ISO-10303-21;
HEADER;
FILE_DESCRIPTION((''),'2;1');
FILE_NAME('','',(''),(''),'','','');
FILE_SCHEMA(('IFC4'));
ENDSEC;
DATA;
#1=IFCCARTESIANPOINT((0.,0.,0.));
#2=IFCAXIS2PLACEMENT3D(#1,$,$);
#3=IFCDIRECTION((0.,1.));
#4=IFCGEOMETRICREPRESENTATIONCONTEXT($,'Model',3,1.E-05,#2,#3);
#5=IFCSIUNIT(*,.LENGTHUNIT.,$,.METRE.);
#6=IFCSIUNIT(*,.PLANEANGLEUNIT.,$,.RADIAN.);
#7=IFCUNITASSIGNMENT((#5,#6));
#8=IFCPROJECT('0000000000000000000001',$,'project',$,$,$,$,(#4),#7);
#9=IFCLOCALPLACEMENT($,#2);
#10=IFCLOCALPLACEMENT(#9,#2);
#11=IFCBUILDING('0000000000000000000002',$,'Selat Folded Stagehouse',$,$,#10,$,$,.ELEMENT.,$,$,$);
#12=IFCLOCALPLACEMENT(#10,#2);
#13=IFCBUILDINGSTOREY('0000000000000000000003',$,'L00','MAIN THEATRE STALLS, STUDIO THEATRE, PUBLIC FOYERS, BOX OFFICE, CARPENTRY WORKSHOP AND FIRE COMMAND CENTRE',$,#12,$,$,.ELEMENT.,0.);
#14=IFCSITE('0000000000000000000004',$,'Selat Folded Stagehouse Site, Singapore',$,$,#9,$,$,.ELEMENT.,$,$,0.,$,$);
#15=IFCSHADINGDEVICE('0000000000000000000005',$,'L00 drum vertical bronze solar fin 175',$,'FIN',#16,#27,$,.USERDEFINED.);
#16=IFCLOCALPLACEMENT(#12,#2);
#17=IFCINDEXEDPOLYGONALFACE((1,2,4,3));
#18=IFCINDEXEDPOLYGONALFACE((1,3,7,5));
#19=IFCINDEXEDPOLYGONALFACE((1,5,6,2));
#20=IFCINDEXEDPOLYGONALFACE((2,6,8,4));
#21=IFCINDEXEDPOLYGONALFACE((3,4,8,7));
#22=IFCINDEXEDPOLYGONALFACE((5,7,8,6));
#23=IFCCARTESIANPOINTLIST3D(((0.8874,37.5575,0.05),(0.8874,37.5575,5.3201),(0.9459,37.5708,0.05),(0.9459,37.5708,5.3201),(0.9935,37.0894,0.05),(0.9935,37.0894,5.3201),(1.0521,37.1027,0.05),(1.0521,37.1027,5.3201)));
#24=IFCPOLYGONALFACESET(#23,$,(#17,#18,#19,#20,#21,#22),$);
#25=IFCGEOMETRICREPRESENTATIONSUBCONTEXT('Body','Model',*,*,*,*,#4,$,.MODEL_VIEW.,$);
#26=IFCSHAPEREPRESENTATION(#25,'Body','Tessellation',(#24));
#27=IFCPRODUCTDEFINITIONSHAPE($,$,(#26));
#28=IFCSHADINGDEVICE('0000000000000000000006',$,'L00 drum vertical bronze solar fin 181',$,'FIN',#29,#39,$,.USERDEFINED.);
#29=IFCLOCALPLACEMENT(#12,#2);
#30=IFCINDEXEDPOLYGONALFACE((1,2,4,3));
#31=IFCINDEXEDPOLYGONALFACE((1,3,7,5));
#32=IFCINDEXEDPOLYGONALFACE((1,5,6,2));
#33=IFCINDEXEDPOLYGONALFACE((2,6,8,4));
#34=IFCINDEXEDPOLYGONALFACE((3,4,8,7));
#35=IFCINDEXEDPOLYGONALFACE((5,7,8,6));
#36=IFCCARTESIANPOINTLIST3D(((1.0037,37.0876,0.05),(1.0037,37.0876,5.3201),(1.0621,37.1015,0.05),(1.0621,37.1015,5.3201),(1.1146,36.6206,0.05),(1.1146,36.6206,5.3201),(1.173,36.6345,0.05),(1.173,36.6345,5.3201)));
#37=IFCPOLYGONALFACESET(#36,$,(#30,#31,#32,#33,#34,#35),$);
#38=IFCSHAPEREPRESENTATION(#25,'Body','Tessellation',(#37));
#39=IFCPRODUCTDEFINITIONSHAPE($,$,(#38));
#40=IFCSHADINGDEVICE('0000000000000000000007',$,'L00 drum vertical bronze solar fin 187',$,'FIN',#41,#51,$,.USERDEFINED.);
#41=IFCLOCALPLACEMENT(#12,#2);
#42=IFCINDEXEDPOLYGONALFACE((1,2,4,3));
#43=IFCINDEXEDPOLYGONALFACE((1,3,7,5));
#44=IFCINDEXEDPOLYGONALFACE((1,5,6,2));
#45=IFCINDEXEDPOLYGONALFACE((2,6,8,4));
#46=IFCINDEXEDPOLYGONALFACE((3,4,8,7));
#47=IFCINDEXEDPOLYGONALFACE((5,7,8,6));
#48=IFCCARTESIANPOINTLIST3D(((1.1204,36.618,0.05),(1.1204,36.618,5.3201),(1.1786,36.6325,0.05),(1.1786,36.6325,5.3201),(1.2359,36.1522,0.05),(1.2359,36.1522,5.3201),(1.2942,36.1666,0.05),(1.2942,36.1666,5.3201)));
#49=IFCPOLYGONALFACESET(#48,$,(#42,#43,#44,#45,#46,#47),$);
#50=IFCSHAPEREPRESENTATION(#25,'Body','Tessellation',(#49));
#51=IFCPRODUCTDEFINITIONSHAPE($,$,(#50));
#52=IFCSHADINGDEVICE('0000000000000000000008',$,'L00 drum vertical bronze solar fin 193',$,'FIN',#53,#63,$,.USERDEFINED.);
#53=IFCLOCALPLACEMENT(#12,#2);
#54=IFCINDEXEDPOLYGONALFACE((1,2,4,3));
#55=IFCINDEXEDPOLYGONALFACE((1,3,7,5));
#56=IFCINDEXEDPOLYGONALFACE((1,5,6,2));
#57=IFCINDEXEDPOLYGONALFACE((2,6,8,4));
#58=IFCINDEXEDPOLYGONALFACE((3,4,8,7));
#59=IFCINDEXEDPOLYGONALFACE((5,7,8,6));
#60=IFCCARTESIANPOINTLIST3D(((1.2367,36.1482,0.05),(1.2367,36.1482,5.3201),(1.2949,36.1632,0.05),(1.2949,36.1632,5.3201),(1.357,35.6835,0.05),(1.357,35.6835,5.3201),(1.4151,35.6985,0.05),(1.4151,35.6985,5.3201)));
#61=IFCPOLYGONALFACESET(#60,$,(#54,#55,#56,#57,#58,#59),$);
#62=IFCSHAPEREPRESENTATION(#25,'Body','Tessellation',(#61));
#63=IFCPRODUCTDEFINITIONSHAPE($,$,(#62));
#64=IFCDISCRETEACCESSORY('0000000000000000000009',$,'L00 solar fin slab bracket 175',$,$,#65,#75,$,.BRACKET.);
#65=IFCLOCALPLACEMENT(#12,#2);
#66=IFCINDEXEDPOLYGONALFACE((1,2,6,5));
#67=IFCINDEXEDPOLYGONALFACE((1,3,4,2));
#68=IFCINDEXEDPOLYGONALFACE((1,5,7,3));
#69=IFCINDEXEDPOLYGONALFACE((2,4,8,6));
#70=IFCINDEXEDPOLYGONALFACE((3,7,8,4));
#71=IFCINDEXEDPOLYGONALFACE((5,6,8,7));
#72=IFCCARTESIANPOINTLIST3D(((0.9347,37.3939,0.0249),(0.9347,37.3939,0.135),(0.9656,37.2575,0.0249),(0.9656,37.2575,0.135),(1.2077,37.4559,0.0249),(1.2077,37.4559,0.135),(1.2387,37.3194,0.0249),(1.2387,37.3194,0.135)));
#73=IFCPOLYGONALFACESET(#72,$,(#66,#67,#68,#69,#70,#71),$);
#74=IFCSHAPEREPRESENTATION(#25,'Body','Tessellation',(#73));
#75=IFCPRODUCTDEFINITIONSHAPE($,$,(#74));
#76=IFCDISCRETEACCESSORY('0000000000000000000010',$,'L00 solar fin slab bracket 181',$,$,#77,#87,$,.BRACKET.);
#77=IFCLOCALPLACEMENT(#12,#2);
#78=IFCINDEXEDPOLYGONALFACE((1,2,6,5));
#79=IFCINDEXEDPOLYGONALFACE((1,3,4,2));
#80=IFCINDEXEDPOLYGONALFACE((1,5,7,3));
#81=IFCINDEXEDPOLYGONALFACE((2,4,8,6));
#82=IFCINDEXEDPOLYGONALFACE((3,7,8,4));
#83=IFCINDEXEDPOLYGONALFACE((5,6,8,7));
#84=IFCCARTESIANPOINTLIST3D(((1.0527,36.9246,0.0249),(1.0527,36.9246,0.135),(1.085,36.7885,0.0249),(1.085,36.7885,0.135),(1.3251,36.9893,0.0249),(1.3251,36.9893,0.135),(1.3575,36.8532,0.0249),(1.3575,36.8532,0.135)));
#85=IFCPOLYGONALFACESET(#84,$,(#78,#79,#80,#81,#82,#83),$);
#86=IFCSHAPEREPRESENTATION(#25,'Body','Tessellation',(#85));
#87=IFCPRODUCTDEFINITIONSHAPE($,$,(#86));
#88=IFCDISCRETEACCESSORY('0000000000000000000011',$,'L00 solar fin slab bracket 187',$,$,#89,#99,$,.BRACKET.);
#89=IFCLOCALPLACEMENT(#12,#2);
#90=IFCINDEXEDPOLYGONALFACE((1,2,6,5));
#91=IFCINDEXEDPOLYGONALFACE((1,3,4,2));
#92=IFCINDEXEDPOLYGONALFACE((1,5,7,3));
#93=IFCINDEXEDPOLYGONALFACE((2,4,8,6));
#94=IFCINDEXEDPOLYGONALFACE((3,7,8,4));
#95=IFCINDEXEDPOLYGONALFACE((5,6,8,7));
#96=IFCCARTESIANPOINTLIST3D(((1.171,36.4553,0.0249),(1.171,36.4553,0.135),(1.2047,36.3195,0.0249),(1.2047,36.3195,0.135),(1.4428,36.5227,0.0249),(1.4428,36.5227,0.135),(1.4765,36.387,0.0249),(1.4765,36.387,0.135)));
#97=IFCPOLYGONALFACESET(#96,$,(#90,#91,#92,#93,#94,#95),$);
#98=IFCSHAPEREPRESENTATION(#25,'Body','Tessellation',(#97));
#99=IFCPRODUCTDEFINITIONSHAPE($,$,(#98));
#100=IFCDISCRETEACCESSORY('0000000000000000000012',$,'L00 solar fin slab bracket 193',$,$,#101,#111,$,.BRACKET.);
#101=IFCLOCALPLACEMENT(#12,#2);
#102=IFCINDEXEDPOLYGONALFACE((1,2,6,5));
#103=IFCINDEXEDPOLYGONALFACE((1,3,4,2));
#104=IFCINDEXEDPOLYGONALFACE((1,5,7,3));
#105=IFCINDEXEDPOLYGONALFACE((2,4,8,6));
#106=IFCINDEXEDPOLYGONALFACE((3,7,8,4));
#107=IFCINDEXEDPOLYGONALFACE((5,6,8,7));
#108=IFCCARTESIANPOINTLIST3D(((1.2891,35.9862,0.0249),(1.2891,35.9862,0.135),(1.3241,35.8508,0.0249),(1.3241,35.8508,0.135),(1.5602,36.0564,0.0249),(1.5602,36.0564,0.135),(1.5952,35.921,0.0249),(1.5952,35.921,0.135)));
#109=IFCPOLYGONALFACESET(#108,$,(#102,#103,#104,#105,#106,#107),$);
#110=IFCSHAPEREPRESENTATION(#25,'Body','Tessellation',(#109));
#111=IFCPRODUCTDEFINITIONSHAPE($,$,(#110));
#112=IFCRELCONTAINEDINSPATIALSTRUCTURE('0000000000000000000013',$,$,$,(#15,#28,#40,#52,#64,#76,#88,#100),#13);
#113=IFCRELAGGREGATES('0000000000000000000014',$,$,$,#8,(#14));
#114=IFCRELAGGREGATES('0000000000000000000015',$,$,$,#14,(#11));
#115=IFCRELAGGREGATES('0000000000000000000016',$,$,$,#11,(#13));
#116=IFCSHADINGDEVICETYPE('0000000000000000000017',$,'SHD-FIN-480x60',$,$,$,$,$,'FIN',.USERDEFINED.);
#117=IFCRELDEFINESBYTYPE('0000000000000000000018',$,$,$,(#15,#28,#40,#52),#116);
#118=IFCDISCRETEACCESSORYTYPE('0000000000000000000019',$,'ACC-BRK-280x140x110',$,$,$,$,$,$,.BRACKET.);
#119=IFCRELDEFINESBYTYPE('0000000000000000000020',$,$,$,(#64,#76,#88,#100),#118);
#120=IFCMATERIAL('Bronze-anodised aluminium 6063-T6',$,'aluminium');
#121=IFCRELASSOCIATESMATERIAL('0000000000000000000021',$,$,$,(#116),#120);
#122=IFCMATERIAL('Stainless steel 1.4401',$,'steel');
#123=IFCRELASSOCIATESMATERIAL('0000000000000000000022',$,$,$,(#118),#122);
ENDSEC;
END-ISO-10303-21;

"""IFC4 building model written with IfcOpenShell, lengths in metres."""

from ifc_helpers import new_model, si_unit, direction, frame, origin, origin_2d, place, context, subcontext, project, spatial, rectangle, extrude, material, material_profile, profile_set, type_object, element, save


model = new_model("IFC4")

# Units and contexts
model_context = context("Model", 3, precision=1e-05, world=origin(), true_north=direction((0.0, 1.0)))
body_context = subcontext(model_context, "Body", "Model", "MODEL_VIEW")
ifc_project = project(units=[si_unit("LENGTHUNIT", "METRE"), si_unit("PLANEANGLEUNIT", "RADIAN")], contexts=[model_context])

# Site, building, storey
site_placement = place(None, origin())
site = spatial("IfcSite", under=ifc_project, at=site_placement, Name="Selat Folded Stagehouse Site, Singapore", CompositionType="ELEMENT", RefElevation=0.0)
building_placement = place(site_placement, origin())
building = spatial("IfcBuilding", under=site, at=building_placement, Name="Selat Folded Stagehouse", CompositionType="ELEMENT")
storey_placement = place(building_placement, origin())
storey = spatial("IfcBuildingStorey", under=building, at=storey_placement, Name="L00", Description="MAIN THEATRE STALLS, STUDIO THEATRE, PUBLIC FOYERS, BOX OFFICE, CARPENTRY WORKSHOP AND FIRE COMMAND CENTRE", CompositionType="ELEMENT", Elevation=0.0)

# Shading devices
ifc_material_1 = material(Name="Bronze-anodised aluminium 6063-T6", Category="aluminium")
ifc_material_profile_1 = material_profile(ifc_material_1, rectangle(XDim=0.0601, YDim=0.48, at=origin_2d()), Name="SOLAR-FIN 480x60")
ifc_profile_set_1 = profile_set([ifc_material_profile_1], Name="Bronze-anodised aluminium 6063-T6")
shading_device_type = type_object("IfcShadingDeviceType", Name="SHD-FIN-480x60", ElementType="FIN", PredefinedType="USERDEFINED", material=ifc_profile_set_1)
for number, where, z_axis, x_axis, name in (
    (1, (0.9697, 37.3301, 0.05), (0.0, 0.0, 1.0), (-0.975227, -0.221208, 0.0), "L00 drum vertical bronze solar fin 175"),
    (2, (1.0884, 36.8611, 0.05), (0.0, 0.0, 1.0), (-0.972937, -0.231069, 0.0), "L00 drum vertical bronze solar fin 181"),
    (3, (1.2073, 36.3923, 0.05), (0.0, 0.0, 1.0), (-0.970591, -0.240736, 0.0), "L00 drum vertical bronze solar fin 187"),
    (4, (1.3259, 35.9233, 0.05), (0.0, 0.0, 1.0), (-0.968104, -0.250549, 0.0), "L00 drum vertical bronze solar fin 193"),
):
    element("IfcShadingDevice", number, at=place(storey_placement, frame(where, z_axis=z_axis, x_axis=x_axis)), inside=storey, type_object=shading_device_type, Name=name, ObjectType="FIN", PredefinedType="USERDEFINED", context=body_context, shape_type="SweptSolid", body=[
        extrude(rectangle(XDim=0.0601, YDim=0.48, at=origin_2d()), origin(), (0.0, 0.0, 1.0), 5.27),
    ])

# Discrete accessories
ifc_material_2 = material(Name="Stainless steel 1.4401", Category="steel")
discrete_accessory_type = type_object("IfcDiscreteAccessoryType", Name="ACC-BRK-280x140x110", PredefinedType="BRACKET", material=ifc_material_2)
for number, where, z_axis, x_axis, name in (
    (5, (1.0867, 37.3567, 0.0249), (0.0, 0.0, 1.0), (-0.975227, -0.221208, 0.0), "L00 solar fin slab bracket 175"),
    (6, (1.2051, 36.8889, 0.0249), (0.0, 0.0, 1.0), (-0.972937, -0.231069, 0.0), "L00 solar fin slab bracket 181"),
    (7, (1.3237, 36.4211, 0.0249), (0.0, 0.0, 1.0), (-0.970591, -0.240736, 0.0), "L00 solar fin slab bracket 187"),
    (8, (1.4421, 35.9536, 0.0249), (0.0, 0.0, 1.0), (-0.968104, -0.250549, 0.0), "L00 solar fin slab bracket 193"),
):
    element("IfcDiscreteAccessory", number, at=place(storey_placement, frame(where, z_axis=z_axis, x_axis=x_axis)), inside=storey, type_object=discrete_accessory_type, Name=name, PredefinedType="BRACKET", context=body_context, shape_type="SweptSolid", body=[
        extrude(rectangle(XDim=0.28, YDim=0.1399, at=origin_2d()), origin(), (0.0, 0.0, 1.0), 0.1101),
    ])

save(model, "model.ifc")
